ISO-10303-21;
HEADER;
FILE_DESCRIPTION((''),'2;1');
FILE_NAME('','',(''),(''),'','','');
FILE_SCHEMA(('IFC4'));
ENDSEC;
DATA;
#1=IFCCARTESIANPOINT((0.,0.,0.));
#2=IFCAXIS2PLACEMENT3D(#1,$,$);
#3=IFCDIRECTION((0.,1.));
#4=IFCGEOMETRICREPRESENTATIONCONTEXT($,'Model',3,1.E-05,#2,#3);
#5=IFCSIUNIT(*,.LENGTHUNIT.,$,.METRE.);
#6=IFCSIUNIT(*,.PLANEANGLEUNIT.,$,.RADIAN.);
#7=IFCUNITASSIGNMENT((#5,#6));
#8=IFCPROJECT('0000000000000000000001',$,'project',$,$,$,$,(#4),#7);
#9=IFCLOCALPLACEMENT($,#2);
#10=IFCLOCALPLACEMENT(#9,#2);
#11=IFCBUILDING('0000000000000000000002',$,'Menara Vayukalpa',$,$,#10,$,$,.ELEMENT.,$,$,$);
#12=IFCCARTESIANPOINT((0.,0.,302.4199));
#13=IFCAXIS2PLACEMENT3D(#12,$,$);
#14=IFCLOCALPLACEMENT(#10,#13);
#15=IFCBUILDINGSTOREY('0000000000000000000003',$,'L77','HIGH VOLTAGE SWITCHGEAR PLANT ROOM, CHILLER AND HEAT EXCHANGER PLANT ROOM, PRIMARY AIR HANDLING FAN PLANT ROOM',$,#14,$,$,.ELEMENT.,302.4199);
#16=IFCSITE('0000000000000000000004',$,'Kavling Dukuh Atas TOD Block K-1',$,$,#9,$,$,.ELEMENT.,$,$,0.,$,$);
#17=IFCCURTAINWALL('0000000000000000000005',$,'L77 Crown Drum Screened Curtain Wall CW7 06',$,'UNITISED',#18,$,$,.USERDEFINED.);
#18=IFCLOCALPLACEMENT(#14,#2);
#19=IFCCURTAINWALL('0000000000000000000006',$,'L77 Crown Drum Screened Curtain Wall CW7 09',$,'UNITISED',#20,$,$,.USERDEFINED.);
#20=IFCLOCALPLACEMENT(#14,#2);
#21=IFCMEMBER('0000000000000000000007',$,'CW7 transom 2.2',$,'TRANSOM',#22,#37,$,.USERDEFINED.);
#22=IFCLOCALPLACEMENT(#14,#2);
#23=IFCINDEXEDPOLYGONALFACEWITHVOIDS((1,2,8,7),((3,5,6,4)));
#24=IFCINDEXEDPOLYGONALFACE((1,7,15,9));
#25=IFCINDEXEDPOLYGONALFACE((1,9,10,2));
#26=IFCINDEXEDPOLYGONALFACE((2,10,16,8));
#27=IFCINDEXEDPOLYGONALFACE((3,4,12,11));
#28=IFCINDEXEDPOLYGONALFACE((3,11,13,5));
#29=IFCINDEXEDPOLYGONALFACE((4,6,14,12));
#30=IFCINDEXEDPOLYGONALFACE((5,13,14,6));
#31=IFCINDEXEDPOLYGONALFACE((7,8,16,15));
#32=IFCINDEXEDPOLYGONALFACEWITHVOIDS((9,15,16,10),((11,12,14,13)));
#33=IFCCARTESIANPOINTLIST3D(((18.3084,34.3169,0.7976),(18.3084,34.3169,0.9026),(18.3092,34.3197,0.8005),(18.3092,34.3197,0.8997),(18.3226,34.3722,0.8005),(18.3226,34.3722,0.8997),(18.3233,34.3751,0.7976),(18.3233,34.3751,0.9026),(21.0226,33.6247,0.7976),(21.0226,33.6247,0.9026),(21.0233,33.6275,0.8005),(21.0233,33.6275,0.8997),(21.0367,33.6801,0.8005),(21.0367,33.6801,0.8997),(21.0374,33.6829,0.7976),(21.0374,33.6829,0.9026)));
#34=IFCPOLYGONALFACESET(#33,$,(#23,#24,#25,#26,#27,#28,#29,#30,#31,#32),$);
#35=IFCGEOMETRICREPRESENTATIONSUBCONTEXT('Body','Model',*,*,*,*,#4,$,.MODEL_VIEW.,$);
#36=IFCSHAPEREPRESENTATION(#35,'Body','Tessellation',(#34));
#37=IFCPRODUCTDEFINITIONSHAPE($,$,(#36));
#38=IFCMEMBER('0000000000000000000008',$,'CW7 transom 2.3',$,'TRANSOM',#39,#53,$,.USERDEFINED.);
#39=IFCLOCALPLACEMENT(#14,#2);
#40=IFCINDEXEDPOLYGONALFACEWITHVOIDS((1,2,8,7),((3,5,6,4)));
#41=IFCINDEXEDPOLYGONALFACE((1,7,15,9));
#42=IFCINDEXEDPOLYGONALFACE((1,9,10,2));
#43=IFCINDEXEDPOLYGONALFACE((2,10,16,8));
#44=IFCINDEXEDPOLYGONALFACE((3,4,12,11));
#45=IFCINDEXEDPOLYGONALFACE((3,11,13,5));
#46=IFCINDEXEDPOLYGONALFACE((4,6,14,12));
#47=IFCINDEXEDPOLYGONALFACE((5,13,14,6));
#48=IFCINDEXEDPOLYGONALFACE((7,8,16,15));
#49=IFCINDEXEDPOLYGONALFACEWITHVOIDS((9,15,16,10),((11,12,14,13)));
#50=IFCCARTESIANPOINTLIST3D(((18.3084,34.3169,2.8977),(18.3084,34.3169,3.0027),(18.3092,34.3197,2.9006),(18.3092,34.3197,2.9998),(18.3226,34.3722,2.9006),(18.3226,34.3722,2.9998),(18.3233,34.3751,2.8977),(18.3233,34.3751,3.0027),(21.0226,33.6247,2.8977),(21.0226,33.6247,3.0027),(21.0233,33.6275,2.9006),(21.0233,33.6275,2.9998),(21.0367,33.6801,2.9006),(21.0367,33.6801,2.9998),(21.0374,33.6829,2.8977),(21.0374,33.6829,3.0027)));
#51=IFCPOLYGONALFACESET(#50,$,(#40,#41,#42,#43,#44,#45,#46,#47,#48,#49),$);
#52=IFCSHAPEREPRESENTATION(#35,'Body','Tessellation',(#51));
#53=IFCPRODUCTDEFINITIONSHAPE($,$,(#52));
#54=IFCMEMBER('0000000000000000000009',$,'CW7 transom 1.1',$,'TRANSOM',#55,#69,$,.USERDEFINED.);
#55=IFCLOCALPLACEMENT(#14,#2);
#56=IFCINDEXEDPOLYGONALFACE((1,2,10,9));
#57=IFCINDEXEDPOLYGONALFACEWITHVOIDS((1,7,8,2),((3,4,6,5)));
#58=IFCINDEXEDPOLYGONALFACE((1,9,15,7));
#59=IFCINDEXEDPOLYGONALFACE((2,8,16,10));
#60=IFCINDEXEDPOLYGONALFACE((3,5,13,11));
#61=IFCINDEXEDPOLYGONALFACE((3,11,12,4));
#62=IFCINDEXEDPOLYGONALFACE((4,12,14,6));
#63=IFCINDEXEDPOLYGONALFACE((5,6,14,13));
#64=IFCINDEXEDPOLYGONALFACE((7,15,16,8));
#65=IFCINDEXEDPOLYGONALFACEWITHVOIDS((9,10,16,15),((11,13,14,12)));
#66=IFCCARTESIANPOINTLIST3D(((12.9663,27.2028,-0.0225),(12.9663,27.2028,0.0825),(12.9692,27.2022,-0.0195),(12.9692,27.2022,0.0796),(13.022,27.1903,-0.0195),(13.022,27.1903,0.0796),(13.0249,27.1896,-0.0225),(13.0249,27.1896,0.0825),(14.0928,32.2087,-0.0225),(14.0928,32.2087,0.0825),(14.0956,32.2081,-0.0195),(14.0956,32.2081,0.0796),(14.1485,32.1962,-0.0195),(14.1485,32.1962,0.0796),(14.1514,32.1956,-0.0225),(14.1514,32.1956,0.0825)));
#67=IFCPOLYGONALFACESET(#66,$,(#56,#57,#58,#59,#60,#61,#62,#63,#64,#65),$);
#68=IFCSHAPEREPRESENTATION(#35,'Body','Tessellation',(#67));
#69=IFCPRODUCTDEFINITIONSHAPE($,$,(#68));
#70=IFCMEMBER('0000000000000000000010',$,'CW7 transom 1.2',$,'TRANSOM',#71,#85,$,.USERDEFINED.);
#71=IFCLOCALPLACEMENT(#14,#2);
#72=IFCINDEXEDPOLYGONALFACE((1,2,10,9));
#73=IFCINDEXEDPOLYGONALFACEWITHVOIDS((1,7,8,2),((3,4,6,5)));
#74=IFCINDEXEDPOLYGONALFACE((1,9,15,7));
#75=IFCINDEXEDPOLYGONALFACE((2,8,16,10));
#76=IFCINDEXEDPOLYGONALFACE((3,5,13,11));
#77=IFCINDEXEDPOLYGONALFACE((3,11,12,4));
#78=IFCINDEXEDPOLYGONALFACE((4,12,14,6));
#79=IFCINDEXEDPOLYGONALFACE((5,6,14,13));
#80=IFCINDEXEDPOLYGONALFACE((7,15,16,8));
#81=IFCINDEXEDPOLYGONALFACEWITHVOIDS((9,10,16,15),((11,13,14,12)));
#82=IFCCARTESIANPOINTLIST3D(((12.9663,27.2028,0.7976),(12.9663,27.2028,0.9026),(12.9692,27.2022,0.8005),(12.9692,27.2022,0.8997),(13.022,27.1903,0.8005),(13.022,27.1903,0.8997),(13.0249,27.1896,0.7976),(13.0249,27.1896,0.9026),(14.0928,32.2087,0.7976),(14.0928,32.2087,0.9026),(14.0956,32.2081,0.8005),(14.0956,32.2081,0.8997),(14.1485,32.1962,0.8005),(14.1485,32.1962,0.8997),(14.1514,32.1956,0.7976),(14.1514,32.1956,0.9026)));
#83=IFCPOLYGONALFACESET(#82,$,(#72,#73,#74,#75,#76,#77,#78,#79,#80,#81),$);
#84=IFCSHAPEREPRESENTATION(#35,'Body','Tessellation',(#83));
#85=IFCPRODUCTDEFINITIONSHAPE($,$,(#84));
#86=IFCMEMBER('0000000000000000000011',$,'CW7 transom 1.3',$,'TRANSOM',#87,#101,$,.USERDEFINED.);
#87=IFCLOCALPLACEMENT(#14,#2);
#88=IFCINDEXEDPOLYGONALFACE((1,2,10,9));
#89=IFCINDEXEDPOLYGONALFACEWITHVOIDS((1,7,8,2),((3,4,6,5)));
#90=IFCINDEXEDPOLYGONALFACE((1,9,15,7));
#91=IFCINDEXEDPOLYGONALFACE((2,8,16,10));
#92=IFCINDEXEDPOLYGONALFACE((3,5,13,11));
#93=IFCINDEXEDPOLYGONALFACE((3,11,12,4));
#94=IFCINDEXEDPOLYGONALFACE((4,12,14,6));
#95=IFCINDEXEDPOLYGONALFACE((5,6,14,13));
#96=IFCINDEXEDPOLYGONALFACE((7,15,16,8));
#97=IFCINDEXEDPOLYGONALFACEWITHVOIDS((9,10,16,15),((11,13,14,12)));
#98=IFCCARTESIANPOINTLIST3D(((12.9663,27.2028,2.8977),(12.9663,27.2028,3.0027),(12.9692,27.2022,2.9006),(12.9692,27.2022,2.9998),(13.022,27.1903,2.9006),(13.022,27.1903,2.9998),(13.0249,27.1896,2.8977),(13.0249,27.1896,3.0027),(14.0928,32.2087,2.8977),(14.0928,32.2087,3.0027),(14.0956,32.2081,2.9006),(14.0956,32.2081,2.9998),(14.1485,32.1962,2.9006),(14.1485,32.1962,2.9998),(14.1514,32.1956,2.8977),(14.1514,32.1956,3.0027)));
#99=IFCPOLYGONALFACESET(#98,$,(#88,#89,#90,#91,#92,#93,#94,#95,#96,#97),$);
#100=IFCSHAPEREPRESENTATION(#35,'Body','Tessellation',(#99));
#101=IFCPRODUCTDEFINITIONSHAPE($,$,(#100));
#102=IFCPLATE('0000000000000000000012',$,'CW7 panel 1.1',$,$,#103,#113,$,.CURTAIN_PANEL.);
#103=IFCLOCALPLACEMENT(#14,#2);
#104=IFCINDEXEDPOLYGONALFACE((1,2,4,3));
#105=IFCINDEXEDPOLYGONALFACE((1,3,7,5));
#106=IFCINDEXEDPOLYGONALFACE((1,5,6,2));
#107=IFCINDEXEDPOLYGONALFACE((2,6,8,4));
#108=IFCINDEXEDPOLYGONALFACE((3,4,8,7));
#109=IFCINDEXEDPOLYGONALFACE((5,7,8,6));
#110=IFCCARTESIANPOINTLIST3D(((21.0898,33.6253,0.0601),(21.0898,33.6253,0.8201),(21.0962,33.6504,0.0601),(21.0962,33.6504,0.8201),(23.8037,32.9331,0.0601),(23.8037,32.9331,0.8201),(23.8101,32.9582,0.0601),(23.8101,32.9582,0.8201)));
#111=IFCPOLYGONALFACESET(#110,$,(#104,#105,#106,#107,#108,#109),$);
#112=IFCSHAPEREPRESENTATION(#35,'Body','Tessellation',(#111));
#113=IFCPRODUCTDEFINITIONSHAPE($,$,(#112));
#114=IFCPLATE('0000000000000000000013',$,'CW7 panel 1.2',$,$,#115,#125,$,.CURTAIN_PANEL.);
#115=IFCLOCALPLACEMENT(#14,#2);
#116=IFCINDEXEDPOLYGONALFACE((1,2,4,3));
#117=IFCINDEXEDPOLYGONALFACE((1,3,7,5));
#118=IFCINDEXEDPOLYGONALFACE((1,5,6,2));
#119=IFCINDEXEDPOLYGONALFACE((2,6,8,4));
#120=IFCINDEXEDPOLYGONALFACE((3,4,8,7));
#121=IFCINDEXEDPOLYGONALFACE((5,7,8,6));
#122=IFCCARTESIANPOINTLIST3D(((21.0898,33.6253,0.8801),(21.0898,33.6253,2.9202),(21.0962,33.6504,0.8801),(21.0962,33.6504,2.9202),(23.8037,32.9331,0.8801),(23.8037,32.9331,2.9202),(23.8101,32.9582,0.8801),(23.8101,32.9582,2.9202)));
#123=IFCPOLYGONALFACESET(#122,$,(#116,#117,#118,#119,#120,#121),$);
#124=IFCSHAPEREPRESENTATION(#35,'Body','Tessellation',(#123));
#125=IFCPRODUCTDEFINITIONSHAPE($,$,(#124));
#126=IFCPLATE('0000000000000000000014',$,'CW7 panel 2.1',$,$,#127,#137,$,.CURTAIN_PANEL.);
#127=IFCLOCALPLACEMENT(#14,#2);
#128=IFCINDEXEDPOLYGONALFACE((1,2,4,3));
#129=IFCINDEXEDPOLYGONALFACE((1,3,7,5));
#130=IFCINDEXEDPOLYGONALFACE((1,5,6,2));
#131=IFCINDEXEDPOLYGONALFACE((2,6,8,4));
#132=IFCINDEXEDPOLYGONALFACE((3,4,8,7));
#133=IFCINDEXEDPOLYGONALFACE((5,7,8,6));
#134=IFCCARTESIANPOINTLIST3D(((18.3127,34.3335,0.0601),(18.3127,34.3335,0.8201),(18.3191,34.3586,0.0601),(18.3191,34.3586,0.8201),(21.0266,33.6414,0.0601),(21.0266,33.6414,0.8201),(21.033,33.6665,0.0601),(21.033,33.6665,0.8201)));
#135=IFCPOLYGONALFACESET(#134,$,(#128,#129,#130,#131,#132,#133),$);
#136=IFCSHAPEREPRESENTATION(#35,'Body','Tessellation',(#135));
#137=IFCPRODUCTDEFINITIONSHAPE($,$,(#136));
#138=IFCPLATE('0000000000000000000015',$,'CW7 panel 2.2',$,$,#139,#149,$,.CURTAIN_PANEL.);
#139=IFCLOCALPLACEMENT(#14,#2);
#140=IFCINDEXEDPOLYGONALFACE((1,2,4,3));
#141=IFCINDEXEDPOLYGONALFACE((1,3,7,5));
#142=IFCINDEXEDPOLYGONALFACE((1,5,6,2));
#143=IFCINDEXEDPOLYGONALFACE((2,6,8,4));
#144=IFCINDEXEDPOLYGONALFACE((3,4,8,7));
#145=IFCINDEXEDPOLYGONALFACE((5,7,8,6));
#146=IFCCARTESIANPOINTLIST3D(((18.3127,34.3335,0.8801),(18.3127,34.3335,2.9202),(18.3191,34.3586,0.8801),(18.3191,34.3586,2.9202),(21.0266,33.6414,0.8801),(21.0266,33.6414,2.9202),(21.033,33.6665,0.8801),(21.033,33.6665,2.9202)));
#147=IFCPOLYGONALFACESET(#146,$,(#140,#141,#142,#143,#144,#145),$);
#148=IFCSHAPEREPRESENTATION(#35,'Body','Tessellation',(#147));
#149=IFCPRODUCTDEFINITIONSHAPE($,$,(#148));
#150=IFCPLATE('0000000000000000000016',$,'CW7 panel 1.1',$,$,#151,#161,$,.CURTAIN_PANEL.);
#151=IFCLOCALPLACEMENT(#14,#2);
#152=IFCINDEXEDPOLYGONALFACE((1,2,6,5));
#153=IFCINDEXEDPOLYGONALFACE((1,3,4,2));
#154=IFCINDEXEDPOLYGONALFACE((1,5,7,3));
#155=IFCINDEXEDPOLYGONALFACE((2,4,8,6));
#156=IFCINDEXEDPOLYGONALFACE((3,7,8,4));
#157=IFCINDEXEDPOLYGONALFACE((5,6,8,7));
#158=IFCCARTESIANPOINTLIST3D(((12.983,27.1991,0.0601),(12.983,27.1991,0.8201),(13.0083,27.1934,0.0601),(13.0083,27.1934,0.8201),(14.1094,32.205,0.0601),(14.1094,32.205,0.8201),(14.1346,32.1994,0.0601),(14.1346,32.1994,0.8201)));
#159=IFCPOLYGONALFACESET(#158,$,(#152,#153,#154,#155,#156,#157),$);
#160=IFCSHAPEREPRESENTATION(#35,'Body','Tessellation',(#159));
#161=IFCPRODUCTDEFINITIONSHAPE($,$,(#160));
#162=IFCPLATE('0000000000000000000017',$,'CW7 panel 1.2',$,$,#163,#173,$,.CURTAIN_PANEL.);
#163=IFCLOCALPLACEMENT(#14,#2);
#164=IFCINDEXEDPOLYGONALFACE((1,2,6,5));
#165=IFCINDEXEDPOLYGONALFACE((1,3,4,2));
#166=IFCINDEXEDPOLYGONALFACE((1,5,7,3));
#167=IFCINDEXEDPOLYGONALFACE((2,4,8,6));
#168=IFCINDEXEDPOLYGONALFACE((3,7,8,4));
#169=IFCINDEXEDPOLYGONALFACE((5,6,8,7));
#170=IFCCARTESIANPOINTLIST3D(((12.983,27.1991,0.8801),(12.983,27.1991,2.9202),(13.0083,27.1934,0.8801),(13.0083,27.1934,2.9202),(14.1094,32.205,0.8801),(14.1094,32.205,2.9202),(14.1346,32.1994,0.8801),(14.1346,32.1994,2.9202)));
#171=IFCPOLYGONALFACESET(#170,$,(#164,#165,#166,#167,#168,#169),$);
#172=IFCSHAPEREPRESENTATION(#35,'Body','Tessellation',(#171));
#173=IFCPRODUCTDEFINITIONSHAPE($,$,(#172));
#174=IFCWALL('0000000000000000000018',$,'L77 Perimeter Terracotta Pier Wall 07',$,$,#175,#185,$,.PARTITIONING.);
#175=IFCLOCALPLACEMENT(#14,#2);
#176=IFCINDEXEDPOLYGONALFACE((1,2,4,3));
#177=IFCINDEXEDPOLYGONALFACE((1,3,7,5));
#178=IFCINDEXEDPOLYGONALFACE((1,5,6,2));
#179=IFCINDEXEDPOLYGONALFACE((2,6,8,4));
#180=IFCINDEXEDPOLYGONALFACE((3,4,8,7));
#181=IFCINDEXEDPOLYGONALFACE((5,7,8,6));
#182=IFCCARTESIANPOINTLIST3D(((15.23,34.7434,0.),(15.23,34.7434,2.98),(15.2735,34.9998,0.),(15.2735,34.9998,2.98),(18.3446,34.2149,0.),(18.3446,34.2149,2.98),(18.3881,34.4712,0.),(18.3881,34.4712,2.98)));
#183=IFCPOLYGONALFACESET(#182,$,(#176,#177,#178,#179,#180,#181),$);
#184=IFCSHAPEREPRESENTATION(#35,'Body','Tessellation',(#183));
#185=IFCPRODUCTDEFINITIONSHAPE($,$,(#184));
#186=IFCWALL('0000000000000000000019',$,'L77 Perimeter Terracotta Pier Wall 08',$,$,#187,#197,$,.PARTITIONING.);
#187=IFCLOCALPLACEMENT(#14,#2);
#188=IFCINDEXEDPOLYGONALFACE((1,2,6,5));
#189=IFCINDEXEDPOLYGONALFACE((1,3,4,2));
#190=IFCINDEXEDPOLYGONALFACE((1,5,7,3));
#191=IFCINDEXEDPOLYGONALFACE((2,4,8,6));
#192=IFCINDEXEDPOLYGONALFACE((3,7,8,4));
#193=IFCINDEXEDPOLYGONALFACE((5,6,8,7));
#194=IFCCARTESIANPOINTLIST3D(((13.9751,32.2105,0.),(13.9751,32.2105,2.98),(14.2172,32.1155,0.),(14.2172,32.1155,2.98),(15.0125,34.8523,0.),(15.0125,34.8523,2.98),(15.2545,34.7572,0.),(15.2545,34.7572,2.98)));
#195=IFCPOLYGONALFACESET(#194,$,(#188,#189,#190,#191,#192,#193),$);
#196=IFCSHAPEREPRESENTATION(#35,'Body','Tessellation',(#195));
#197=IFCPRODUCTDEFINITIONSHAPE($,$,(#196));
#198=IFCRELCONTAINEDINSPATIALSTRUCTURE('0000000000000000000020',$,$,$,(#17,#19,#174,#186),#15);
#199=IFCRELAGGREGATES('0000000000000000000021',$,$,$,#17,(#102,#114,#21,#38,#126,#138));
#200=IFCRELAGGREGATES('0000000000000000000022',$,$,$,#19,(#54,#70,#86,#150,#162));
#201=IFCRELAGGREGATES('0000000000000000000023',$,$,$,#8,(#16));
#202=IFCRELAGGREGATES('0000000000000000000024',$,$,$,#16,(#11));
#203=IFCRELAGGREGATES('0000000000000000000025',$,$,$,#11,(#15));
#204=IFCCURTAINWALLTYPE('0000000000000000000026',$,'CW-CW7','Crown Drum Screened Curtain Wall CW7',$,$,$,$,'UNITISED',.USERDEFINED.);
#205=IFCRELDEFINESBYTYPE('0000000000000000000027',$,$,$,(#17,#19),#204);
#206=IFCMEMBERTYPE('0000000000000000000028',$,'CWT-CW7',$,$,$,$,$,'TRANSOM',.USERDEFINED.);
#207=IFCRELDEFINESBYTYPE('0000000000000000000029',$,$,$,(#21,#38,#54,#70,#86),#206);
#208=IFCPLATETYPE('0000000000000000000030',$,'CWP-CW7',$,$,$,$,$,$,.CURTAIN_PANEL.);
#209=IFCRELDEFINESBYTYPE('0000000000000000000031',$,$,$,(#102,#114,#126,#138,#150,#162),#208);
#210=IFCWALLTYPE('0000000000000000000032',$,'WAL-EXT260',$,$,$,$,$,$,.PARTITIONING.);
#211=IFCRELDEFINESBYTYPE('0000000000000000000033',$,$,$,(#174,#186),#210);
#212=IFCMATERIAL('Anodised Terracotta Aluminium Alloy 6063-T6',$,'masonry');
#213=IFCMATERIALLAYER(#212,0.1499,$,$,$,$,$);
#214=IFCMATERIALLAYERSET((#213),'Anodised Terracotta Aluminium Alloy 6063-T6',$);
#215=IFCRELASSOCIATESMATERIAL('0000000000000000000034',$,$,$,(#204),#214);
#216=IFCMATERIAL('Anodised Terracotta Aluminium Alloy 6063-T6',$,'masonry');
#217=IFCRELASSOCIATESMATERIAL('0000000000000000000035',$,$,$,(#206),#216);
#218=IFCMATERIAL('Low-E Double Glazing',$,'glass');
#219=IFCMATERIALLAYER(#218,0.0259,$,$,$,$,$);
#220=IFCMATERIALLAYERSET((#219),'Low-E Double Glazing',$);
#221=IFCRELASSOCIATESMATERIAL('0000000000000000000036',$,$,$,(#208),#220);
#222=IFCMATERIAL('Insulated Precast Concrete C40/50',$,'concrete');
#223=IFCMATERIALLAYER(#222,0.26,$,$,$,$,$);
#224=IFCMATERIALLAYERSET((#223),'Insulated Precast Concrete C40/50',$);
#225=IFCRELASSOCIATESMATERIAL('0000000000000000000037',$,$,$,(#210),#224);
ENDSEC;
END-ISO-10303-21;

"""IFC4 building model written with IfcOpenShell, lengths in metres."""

from ifc_helpers import new_model, si_unit, direction, frame, frame_2d, origin, origin_2d, place, context, subcontext, project, spatial, rectangle, hollow_rectangle, extrude, material, layer, layer_set, material_profile, profile_set, type_object, element, aggregate, save


model = new_model("IFC4")

# Units and contexts
model_context = context("Model", 3, precision=1e-05, world=origin(), true_north=direction((0.0, 1.0)))
body_context = subcontext(model_context, "Body", "Model", "MODEL_VIEW")
ifc_project = project(units=[si_unit("LENGTHUNIT", "METRE"), si_unit("PLANEANGLEUNIT", "RADIAN")], contexts=[model_context])

# Site, building, storey
site_placement = place(None, origin())
site = spatial("IfcSite", under=ifc_project, at=site_placement, Name="Kavling Dukuh Atas TOD Block K-1", CompositionType="ELEMENT", RefElevation=0.0)
building_placement = place(site_placement, origin())
building = spatial("IfcBuilding", under=site, at=building_placement, Name="Menara Vayukalpa", CompositionType="ELEMENT")
storey_placement = place(building_placement, frame((0.0, 0.0, 302.4199)))
storey = spatial("IfcBuildingStorey", under=building, at=storey_placement, Name="L77", Description="HIGH VOLTAGE SWITCHGEAR PLANT ROOM, CHILLER AND HEAT EXCHANGER PLANT ROOM, PRIMARY AIR HANDLING FAN PLANT ROOM", CompositionType="ELEMENT", Elevation=302.4199)

# Shared definitions
ifc_material_1 = material(Name="Anodised Terracotta Aluminium Alloy 6063-T6", Category="masonry")
ifc_layer_1 = layer(ifc_material_1, 0.1499)
ifc_layer_set_1 = layer_set([ifc_layer_1], Name="Anodised Terracotta Aluminium Alloy 6063-T6")
curtain_wall_type = type_object("IfcCurtainWallType", Name="CW-CW7", Description="Crown Drum Screened Curtain Wall CW7", ElementType="UNITISED", PredefinedType="USERDEFINED", material=ifc_layer_set_1)

# Curtain wall
curtain_wall_1_placement = place(storey_placement, origin())
curtain_wall_1 = element("IfcCurtainWall", 1, at=curtain_wall_1_placement, inside=storey, type_object=curtain_wall_type, Name="L77 Crown Drum Screened Curtain Wall CW7 06", ObjectType="UNITISED", PredefinedType="USERDEFINED")

# Curtain wall
curtain_wall_2_placement = place(storey_placement, origin())
curtain_wall_2 = element("IfcCurtainWall", 2, at=curtain_wall_2_placement, inside=storey, type_object=curtain_wall_type, Name="L77 Crown Drum Screened Curtain Wall CW7 09", ObjectType="UNITISED", PredefinedType="USERDEFINED")

# Members
ifc_material_2 = material(Name="Anodised Terracotta Aluminium Alloy 6063-T6", Category="masonry")
ifc_material_profile_1 = material_profile(ifc_material_2, hollow_rectangle(XDim=0.0601, YDim=0.105, WallThickness=0.0029, at=origin_2d()), Name="ALU 60x105x3")
ifc_profile_set_1 = profile_set([ifc_material_profile_1], Name="Anodised Terracotta Aluminium Alloy 6063-T6")
member_type_1 = type_object("IfcMemberType", Name="CWT-CW7", ElementType="TRANSOM", PredefinedType="USERDEFINED", material=ifc_profile_set_1)
member_1_placement = place(storey_placement, frame((21.03, 33.6538, 0.8501), z_axis=(-0.968988, 0.247106, 0.0), x_axis=(-0.247106, -0.968988, 0.0)))
member_1 = element("IfcMember", 3, at=member_1_placement, type_object=member_type_1, Name="CW7 transom 2.2", ObjectType="TRANSOM", PredefinedType="USERDEFINED", context=body_context, shape_type="SweptSolid", body=[
    extrude(hollow_rectangle(XDim=0.0601, YDim=0.105, WallThickness=0.0029, at=origin_2d()), origin(), (0.0, 0.0, 1.0), 2.801),
])
member_2_placement = place(storey_placement, frame((21.03, 33.6538, 2.9502), z_axis=(-0.968988, 0.247106, 0.0), x_axis=(-0.247106, -0.968988, 0.0)))
member_2 = element("IfcMember", 4, at=member_2_placement, type_object=member_type_1, Name="CW7 transom 2.3", ObjectType="TRANSOM", PredefinedType="USERDEFINED", context=body_context, shape_type="SweptSolid", body=[
    extrude(hollow_rectangle(XDim=0.0601, YDim=0.105, WallThickness=0.0029, at=origin_2d()), origin(), (0.0, 0.0, 1.0), 2.801),
])
member_3_placement = place(storey_placement, frame((14.1221, 32.2021, 0.03), z_axis=(-0.219539, -0.975604, 0.0), x_axis=(0.975604, -0.219539, 0.0)))
member_3 = element("IfcMember", 5, at=member_3_placement, type_object=member_type_1, Name="CW7 transom 1.1", ObjectType="TRANSOM", PredefinedType="USERDEFINED", context=body_context, shape_type="SweptSolid", body=[
    extrude(hollow_rectangle(XDim=0.0601, YDim=0.105, WallThickness=0.0029, at=origin_2d()), origin(), (0.0, 0.0, 1.0), 5.1311),
])
member_4_placement = place(storey_placement, frame((14.1221, 32.2021, 0.8501), z_axis=(-0.219539, -0.975604, 0.0), x_axis=(0.975604, -0.219539, 0.0)))
member_4 = element("IfcMember", 6, at=member_4_placement, type_object=member_type_1, Name="CW7 transom 1.2", ObjectType="TRANSOM", PredefinedType="USERDEFINED", context=body_context, shape_type="SweptSolid", body=[
    extrude(hollow_rectangle(XDim=0.0601, YDim=0.105, WallThickness=0.0029, at=origin_2d()), origin(), (0.0, 0.0, 1.0), 5.1311),
])
member_5_placement = place(storey_placement, frame((14.1221, 32.2021, 2.9502), z_axis=(-0.219539, -0.975604, 0.0), x_axis=(0.975604, -0.219539, 0.0)))
member_5 = element("IfcMember", 7, at=member_5_placement, type_object=member_type_1, Name="CW7 transom 1.3", ObjectType="TRANSOM", PredefinedType="USERDEFINED", context=body_context, shape_type="SweptSolid", body=[
    extrude(hollow_rectangle(XDim=0.0601, YDim=0.105, WallThickness=0.0029, at=origin_2d()), origin(), (0.0, 0.0, 1.0), 5.1311),
])

# Plates
ifc_material_3 = material(Name="Low-E Double Glazing", Category="glass")
ifc_layer_2 = layer(ifc_material_3, 0.0259)
ifc_layer_set_2 = layer_set([ifc_layer_2], Name="Low-E Double Glazing")
plate_type = type_object("IfcPlateType", Name="CWP-CW7", PredefinedType="CURTAIN_PANEL", material=ifc_layer_set_2)
plate_1_placement = place(storey_placement, frame((22.45, 33.2917, 0.0601), z_axis=(0.0, 0.0, 1.0), x_axis=(-0.968984, 0.247124, 0.0)))
plate_1 = element("IfcPlate", 8, at=plate_1_placement, type_object=plate_type, Name="CW7 panel 1.1", PredefinedType="CURTAIN_PANEL", context=body_context, shape_type="SweptSolid", body=[
    extrude(rectangle(XDim=2.8008, YDim=0.0259, at=origin_2d()), origin(), (0.0, 0.0, 1.0), 0.76),
])
plate_2_placement = place(storey_placement, frame((22.45, 33.2917, 0.8801), z_axis=(0.0, 0.0, 1.0), x_axis=(-0.968984, 0.247124, 0.0)))
plate_2 = element("IfcPlate", 9, at=plate_2_placement, type_object=plate_type, Name="CW7 panel 1.2", PredefinedType="CURTAIN_PANEL", context=body_context, shape_type="SweptSolid", body=[
    extrude(rectangle(XDim=2.8008, YDim=0.0259, at=origin_2d()), origin(), (0.0, 0.0, 1.0), 2.04),
])
plate_3_placement = place(storey_placement, frame((19.6729, 34.0, 0.0601), z_axis=(0.0, 0.0, 1.0), x_axis=(-0.968984, 0.247124, 0.0)))
plate_3 = element("IfcPlate", 10, at=plate_3_placement, type_object=plate_type, Name="CW7 panel 2.1", PredefinedType="CURTAIN_PANEL", context=body_context, shape_type="SweptSolid", body=[
    extrude(rectangle(XDim=2.8008, YDim=0.0259, at=origin_2d()), origin(), (0.0, 0.0, 1.0), 0.76),
])
plate_4_placement = place(storey_placement, frame((19.6729, 34.0, 0.8801), z_axis=(0.0, 0.0, 1.0), x_axis=(-0.968984, 0.247124, 0.0)))
plate_4 = element("IfcPlate", 11, at=plate_4_placement, type_object=plate_type, Name="CW7 panel 2.2", PredefinedType="CURTAIN_PANEL", context=body_context, shape_type="SweptSolid", body=[
    extrude(rectangle(XDim=2.8008, YDim=0.0259, at=origin_2d()), origin(), (0.0, 0.0, 1.0), 2.04),
])
aggregate(curtain_wall_1, [plate_1, plate_2, member_1, member_2, plate_3, plate_4])
plate_5_placement = place(storey_placement, frame((13.5588, 29.6992, 0.0601), z_axis=(0.0, 0.0, 1.0), x_axis=(-0.219516, -0.975609, 0.0)))
plate_5 = element("IfcPlate", 12, at=plate_5_placement, type_object=plate_type, Name="CW7 panel 1.1", PredefinedType="CURTAIN_PANEL", context=body_context, shape_type="SweptSolid", body=[
    extrude(rectangle(XDim=5.1311, YDim=0.0259, at=origin_2d()), origin(), (0.0, 0.0, 1.0), 0.76),
])
plate_6_placement = place(storey_placement, frame((13.5588, 29.6992, 0.8801), z_axis=(0.0, 0.0, 1.0), x_axis=(-0.219516, -0.975609, 0.0)))
plate_6 = element("IfcPlate", 13, at=plate_6_placement, type_object=plate_type, Name="CW7 panel 1.2", PredefinedType="CURTAIN_PANEL", context=body_context, shape_type="SweptSolid", body=[
    extrude(rectangle(XDim=5.1311, YDim=0.0259, at=origin_2d()), origin(), (0.0, 0.0, 1.0), 2.04),
])
aggregate(curtain_wall_2, [member_3, member_4, member_5, plate_5, plate_6])

# Walls
ifc_material_4 = material(Name="Insulated Precast Concrete C40/50", Category="concrete")
ifc_layer_3 = layer(ifc_material_4, 0.26)
ifc_layer_set_3 = layer_set([ifc_layer_3], Name="Insulated Precast Concrete C40/50")
wall_type = type_object("IfcWallType", Name="WAL-EXT260", PredefinedType="PARTITIONING", material=ifc_layer_set_3)
wall_1_placement = place(storey_placement, frame((15.2517, 34.8716, 0.0), z_axis=(0.0, 0.0, 1.0), x_axis=(0.985905, -0.167306, 0.0)))
element("IfcWall", 14, at=wall_1_placement, inside=storey, type_object=wall_type, Name="L77 Perimeter Terracotta Pier Wall 07", PredefinedType="PARTITIONING", context=body_context, shape_type="SweptSolid", body=[
    extrude(rectangle(XDim=3.1592, YDim=0.26, at=frame_2d((1.5796, 0.0))), origin(), (0.0, 0.0, 1.0), 2.98),
])
wall_2_placement = place(storey_placement, frame((14.0962, 32.1631, 0.0), z_axis=(0.0, 0.0, 1.0), x_axis=(0.365495, 0.930813, 0.0)))
element("IfcWall", 15, at=wall_2_placement, inside=storey, type_object=wall_type, Name="L77 Perimeter Terracotta Pier Wall 08", PredefinedType="PARTITIONING", context=body_context, shape_type="SweptSolid", body=[
    extrude(rectangle(XDim=2.8381, YDim=0.26, at=frame_2d((1.4189, 0.0))), origin(), (0.0, 0.0, 1.0), 2.98),
])

save(model, "model.ifc")
